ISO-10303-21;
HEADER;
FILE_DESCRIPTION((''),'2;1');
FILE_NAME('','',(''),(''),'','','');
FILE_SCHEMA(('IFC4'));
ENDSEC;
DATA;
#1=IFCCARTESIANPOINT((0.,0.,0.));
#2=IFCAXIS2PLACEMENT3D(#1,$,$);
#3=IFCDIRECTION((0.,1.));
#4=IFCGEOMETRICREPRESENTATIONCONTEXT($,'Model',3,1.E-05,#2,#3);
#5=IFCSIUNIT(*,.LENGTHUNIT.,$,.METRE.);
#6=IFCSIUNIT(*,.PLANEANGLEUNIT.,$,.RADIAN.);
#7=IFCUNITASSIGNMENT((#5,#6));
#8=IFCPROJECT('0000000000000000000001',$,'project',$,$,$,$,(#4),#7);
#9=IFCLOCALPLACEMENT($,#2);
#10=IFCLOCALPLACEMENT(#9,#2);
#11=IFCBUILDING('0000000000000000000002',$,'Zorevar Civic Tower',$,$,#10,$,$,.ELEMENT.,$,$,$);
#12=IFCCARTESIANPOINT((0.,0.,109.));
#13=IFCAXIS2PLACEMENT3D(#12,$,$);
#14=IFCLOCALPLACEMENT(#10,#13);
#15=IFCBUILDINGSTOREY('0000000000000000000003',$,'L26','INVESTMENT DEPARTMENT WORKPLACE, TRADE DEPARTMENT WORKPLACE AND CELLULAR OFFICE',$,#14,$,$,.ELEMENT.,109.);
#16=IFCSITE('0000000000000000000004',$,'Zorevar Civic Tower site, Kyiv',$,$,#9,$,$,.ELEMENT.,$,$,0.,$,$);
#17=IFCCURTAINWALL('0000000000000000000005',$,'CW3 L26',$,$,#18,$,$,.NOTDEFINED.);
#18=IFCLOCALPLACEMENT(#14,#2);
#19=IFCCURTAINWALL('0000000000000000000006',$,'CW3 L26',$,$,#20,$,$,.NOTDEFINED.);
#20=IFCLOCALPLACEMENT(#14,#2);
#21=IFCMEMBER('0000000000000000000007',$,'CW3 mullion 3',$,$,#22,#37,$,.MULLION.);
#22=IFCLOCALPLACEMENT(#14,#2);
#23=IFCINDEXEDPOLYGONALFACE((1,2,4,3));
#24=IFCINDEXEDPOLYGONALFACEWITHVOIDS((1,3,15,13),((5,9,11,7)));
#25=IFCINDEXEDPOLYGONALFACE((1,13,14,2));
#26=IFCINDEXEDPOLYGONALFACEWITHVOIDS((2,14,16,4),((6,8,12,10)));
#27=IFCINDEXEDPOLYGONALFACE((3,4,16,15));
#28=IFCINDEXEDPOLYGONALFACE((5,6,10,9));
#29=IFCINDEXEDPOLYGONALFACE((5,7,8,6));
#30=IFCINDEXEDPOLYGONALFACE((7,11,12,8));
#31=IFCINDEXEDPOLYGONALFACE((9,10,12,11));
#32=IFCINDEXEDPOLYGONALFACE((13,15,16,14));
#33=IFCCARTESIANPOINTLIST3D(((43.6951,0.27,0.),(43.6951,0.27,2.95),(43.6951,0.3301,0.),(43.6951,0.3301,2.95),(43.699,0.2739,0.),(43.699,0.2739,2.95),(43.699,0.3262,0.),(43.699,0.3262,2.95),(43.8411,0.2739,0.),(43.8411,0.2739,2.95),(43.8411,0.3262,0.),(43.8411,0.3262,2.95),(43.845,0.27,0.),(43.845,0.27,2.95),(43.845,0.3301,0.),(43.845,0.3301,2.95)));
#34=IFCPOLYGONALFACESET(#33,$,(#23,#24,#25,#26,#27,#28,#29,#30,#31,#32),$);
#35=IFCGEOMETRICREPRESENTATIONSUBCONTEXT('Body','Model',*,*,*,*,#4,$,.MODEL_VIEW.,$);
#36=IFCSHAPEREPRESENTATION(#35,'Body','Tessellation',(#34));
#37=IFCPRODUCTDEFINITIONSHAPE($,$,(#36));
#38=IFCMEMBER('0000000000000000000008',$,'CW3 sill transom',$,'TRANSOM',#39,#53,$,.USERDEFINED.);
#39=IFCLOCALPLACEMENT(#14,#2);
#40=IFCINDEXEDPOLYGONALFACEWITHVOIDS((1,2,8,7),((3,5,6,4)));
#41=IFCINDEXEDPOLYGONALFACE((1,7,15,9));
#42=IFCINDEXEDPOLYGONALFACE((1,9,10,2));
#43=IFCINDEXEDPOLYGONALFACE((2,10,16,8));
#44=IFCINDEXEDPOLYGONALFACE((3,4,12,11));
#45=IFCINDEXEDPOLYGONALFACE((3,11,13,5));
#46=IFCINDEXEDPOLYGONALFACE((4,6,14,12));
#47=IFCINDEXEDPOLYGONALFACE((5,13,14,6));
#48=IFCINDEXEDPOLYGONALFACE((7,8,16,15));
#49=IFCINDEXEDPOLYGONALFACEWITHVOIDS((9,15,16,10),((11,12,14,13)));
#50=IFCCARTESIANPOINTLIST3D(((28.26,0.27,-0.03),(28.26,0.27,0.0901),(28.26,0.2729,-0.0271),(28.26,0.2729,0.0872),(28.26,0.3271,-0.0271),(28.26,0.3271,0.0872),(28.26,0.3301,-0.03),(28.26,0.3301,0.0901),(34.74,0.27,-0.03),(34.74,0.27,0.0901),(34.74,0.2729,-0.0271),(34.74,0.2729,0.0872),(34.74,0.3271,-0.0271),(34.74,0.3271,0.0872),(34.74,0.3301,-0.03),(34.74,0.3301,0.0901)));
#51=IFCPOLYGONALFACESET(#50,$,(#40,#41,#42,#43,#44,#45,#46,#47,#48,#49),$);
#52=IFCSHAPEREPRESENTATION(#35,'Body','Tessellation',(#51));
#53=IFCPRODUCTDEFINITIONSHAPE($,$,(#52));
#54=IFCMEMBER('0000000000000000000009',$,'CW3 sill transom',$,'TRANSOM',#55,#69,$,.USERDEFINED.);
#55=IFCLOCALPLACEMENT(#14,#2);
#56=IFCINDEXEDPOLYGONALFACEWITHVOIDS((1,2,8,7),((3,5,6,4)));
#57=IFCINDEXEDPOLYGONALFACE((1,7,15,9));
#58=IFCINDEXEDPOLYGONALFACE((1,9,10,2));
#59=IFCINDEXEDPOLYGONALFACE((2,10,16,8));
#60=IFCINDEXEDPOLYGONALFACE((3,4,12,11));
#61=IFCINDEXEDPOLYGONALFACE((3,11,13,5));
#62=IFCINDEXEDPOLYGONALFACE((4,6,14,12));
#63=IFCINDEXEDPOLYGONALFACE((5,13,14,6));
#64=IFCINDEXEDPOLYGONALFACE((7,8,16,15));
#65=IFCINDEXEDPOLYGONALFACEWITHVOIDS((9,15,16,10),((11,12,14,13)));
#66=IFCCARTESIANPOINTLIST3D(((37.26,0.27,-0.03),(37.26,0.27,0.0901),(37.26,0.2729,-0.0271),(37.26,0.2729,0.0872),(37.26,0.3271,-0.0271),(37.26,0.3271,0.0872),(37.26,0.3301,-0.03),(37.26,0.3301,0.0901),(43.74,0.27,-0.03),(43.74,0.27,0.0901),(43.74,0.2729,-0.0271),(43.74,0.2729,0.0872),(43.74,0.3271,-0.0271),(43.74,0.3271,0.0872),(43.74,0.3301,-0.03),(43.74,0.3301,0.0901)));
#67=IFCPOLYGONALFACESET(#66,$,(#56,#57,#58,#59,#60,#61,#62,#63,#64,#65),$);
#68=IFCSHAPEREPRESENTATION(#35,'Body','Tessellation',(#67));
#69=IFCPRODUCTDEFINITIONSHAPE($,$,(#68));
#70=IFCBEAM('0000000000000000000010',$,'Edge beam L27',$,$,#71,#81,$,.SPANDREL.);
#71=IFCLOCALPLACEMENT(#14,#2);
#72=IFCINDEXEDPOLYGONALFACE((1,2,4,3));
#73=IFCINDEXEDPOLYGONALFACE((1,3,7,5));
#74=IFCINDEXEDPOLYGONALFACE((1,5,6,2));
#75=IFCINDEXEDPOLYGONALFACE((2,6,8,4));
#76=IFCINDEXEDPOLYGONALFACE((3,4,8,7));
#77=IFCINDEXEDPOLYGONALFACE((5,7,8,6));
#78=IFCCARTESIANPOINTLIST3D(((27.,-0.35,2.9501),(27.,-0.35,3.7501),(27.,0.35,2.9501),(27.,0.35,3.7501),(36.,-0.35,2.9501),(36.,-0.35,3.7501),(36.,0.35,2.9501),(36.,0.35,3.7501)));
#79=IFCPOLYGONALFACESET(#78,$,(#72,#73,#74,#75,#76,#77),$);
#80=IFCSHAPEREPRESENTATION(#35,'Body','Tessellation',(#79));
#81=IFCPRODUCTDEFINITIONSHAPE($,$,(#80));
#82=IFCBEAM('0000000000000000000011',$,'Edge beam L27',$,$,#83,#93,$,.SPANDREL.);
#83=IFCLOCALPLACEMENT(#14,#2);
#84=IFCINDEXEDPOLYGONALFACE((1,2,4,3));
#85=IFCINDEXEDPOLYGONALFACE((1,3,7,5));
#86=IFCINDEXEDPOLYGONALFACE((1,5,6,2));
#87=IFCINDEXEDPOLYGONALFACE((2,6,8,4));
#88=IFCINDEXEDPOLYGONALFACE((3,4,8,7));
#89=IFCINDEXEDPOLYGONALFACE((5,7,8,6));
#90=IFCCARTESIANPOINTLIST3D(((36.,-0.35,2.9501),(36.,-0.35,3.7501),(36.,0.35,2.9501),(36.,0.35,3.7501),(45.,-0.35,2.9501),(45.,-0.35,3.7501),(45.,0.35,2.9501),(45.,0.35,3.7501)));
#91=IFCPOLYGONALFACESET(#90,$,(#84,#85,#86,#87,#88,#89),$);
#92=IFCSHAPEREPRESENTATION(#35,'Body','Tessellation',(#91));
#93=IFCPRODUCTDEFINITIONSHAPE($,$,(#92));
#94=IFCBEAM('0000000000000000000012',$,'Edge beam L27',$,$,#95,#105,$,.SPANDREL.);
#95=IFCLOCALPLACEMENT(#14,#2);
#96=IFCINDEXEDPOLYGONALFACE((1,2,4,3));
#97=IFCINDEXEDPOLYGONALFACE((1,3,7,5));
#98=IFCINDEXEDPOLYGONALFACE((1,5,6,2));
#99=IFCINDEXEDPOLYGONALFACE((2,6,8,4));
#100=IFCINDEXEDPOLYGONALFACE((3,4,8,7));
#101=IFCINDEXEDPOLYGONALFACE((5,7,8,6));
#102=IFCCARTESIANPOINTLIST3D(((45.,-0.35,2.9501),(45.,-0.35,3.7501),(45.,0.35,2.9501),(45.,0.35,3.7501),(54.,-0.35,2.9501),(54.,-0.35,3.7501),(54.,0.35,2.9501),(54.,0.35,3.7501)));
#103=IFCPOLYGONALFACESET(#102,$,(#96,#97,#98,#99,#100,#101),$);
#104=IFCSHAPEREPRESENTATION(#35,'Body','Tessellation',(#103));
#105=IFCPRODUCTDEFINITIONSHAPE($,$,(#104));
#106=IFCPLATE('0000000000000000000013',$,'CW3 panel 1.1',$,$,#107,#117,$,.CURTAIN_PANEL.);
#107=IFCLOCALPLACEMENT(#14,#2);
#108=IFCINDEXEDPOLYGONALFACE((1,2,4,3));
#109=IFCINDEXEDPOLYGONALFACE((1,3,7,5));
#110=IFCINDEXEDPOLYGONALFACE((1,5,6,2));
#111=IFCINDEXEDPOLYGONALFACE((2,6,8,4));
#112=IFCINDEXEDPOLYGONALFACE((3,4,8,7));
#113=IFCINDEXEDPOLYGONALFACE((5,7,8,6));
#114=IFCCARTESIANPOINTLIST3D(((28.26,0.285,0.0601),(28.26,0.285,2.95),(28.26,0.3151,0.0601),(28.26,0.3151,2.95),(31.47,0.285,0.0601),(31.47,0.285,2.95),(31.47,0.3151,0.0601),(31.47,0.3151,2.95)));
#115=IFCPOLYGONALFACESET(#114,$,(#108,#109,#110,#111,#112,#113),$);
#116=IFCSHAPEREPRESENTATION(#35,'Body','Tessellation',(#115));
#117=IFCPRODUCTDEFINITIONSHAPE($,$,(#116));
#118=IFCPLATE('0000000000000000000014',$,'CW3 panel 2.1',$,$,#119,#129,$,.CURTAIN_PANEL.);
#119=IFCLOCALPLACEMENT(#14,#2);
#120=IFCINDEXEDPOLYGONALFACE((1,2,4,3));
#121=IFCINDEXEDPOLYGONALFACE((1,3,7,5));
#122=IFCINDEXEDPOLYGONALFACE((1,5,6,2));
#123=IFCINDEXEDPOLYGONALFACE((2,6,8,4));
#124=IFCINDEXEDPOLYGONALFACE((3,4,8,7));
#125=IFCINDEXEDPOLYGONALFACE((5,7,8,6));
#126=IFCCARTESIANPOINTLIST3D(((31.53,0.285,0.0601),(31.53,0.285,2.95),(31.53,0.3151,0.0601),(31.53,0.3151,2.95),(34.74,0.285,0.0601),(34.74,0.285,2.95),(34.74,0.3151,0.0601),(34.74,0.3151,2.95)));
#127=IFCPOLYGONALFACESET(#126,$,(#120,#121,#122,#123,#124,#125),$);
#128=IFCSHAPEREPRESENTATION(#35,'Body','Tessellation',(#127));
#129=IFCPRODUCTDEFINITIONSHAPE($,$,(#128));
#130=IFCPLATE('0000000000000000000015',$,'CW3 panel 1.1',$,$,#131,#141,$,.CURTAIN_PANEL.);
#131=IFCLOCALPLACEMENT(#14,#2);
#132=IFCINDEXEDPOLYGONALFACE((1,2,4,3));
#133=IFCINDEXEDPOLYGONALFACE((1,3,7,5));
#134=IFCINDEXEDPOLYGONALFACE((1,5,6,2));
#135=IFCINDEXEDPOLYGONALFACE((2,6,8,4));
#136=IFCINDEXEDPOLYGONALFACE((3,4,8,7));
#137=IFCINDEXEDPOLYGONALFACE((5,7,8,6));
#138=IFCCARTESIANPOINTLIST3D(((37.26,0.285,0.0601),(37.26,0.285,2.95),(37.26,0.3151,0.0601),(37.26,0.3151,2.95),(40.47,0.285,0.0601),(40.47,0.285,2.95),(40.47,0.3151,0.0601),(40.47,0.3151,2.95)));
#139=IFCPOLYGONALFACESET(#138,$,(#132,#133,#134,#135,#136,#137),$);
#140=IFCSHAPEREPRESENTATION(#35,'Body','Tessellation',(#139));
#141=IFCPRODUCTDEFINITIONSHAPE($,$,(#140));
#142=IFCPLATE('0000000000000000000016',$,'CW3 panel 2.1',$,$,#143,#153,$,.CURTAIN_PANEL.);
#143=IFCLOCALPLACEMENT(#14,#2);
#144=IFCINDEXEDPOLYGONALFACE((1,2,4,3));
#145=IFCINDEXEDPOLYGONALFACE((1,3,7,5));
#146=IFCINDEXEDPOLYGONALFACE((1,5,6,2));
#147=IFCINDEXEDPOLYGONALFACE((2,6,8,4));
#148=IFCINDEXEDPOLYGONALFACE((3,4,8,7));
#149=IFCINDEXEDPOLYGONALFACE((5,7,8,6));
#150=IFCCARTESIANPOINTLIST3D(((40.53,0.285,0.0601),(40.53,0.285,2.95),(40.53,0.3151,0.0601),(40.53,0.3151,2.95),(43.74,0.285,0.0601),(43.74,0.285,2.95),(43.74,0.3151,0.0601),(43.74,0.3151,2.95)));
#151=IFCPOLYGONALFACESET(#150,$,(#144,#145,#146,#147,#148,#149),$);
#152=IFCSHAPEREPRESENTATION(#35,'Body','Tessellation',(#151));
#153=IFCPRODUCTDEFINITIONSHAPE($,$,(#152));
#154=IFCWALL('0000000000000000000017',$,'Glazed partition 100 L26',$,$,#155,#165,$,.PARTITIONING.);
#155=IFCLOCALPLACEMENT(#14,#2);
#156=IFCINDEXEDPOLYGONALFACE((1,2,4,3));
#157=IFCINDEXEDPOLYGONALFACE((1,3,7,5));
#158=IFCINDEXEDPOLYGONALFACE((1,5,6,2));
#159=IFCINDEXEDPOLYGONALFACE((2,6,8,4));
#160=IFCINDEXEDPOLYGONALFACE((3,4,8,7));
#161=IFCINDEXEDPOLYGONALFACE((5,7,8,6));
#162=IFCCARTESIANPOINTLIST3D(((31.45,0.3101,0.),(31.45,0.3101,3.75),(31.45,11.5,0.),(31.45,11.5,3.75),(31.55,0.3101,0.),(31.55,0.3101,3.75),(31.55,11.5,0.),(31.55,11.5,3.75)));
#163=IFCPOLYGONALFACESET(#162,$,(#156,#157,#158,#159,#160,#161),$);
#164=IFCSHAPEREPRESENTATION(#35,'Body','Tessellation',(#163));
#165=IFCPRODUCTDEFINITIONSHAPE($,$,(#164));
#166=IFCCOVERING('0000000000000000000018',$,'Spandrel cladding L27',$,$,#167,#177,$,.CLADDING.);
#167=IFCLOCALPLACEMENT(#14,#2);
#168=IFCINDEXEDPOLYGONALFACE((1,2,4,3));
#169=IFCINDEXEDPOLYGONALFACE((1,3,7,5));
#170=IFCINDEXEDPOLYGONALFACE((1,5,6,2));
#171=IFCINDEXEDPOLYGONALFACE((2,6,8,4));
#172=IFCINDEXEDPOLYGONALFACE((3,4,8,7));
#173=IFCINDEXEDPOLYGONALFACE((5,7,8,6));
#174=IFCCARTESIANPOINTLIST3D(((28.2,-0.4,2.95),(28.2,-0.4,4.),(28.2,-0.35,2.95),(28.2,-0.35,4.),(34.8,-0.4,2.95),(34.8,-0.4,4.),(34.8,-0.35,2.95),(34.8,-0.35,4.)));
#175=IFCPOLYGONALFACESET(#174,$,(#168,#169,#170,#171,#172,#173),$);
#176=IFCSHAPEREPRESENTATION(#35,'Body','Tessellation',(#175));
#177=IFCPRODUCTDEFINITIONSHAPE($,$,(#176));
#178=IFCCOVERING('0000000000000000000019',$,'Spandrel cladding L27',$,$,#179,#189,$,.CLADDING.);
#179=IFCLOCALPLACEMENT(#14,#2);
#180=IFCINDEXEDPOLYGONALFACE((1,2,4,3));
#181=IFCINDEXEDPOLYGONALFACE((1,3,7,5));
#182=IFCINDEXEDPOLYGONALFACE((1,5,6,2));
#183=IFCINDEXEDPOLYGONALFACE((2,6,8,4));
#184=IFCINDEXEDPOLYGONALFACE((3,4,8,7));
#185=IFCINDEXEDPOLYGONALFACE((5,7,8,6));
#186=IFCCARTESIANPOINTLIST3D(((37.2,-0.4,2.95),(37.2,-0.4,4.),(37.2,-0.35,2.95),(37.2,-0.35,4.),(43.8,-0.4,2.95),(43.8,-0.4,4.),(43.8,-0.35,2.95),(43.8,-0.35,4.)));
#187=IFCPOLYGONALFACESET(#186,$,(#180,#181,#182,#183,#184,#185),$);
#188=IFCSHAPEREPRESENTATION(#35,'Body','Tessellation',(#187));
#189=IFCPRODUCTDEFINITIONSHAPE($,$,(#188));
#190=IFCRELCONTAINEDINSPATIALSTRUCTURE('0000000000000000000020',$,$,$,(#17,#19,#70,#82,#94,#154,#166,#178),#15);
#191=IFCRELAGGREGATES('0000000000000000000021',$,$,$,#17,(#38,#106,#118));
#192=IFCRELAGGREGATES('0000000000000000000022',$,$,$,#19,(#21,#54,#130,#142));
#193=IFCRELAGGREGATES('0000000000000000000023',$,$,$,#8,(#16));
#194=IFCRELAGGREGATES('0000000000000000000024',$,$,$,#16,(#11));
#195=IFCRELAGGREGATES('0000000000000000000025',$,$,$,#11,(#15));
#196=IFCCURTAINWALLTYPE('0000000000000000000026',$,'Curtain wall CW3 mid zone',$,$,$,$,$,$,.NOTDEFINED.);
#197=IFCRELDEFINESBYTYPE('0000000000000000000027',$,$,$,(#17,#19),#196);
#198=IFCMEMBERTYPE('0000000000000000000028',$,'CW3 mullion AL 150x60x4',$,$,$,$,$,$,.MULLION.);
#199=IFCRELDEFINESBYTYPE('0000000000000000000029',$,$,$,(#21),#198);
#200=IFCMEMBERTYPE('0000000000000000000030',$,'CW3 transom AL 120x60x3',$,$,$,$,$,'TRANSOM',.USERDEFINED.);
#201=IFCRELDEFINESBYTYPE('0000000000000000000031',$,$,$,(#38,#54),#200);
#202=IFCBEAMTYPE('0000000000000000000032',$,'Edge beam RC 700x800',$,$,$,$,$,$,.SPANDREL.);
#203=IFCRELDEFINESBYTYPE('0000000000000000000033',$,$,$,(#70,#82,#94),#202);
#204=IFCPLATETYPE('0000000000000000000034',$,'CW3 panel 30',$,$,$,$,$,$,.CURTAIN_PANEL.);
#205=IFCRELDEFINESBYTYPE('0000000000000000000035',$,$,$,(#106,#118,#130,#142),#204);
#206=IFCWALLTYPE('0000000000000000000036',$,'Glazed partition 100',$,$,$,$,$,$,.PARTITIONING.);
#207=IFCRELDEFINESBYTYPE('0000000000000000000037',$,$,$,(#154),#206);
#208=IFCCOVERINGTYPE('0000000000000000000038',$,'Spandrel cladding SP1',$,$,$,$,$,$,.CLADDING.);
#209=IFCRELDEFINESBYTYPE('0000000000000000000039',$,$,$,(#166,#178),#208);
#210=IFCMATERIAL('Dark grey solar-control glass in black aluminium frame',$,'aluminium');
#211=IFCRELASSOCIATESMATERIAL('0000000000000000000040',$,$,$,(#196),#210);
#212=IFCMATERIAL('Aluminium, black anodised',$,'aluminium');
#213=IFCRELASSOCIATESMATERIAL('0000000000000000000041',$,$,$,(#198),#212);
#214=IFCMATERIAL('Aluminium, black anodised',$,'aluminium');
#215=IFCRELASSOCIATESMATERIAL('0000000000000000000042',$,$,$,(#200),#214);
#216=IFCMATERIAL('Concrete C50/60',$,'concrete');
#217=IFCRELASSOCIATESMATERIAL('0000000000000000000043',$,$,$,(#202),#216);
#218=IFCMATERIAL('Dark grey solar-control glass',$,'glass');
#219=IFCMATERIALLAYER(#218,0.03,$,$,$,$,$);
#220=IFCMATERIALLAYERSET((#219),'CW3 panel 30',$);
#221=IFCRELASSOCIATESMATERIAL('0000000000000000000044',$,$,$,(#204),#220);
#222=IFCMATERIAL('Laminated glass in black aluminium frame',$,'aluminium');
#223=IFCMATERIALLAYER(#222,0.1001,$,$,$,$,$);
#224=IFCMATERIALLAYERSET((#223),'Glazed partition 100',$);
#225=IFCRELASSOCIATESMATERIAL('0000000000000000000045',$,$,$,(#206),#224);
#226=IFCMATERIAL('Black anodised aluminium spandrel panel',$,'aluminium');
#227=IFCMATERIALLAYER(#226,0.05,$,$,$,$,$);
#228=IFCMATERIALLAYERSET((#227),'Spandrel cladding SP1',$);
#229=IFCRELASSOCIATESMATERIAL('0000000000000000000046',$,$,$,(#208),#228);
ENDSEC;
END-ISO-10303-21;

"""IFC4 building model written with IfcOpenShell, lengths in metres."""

from ifc_helpers import new_model, si_unit, direction, frame, frame_2d, origin, origin_2d, place, context, subcontext, project, spatial, rectangle, hollow_rectangle, extrude, material, layer, layer_set, material_profile, profile_set, type_object, element, aggregate, save


model = new_model("IFC4")

# Units and contexts
model_context = context("Model", 3, precision=1e-05, world=origin(), true_north=direction((0.0, 1.0)))
body_context = subcontext(model_context, "Body", "Model", "MODEL_VIEW")
ifc_project = project(units=[si_unit("LENGTHUNIT", "METRE"), si_unit("PLANEANGLEUNIT", "RADIAN")], contexts=[model_context])

# Site, building, storey
site_placement = place(None, origin())
site = spatial("IfcSite", under=ifc_project, at=site_placement, Name="Zorevar Civic Tower site, Kyiv", CompositionType="ELEMENT", RefElevation=0.0)
building_placement = place(site_placement, origin())
building = spatial("IfcBuilding", under=site, at=building_placement, Name="Zorevar Civic Tower", CompositionType="ELEMENT")
storey_placement = place(building_placement, frame((0.0, 0.0, 109.0)))
storey = spatial("IfcBuildingStorey", under=building, at=storey_placement, Name="L26", Description="INVESTMENT DEPARTMENT WORKPLACE, TRADE DEPARTMENT WORKPLACE AND CELLULAR OFFICE", CompositionType="ELEMENT", Elevation=109.0)

# Curtain walls, member
ifc_material_1 = material(Name="Dark grey solar-control glass in black aluminium frame", Category="aluminium")
curtain_wall_type = type_object("IfcCurtainWallType", Name="Curtain wall CW3 mid zone", PredefinedType="NOTDEFINED", material=ifc_material_1)
curtain_wall_1_placement = place(storey_placement, origin())
curtain_wall_1 = element("IfcCurtainWall", 1, at=curtain_wall_1_placement, inside=storey, type_object=curtain_wall_type, Name="CW3 L26", PredefinedType="NOTDEFINED")
ifc_material_2 = material(Name="Aluminium, black anodised", Category="aluminium")
ifc_material_profile_1 = material_profile(ifc_material_2, hollow_rectangle(XDim=0.0601, YDim=0.1499, WallThickness=0.0039, at=origin_2d()), Name="AL 150x60x4")
ifc_profile_set_1 = profile_set([ifc_material_profile_1], Name="Aluminium, black anodised")
member_type_1 = type_object("IfcMemberType", Name="CW3 mullion AL 150x60x4", PredefinedType="MULLION", material=ifc_profile_set_1)
curtain_wall_2_placement = place(storey_placement, origin())
curtain_wall_2 = element("IfcCurtainWall", 2, at=curtain_wall_2_placement, inside=storey, type_object=curtain_wall_type, Name="CW3 L26", PredefinedType="NOTDEFINED")
member_1_placement = place(storey_placement, frame((43.77, 0.3, 0.0), z_axis=(0.0, 0.0, 1.0), x_axis=(0.0, 1.0, 0.0)))
member_1 = element("IfcMember", 3, at=member_1_placement, type_object=member_type_1, Name="CW3 mullion 3", PredefinedType="MULLION", context=body_context, shape_type="SweptSolid", body=[
    extrude(hollow_rectangle(XDim=0.0601, YDim=0.1499, WallThickness=0.0039, at=origin_2d()), origin(), (0.0, 0.0, 1.0), 2.95),
])

# Members
ifc_material_3 = material(Name="Aluminium, black anodised", Category="aluminium")
ifc_material_profile_2 = material_profile(ifc_material_3, hollow_rectangle(XDim=0.0601, YDim=0.1201, WallThickness=0.0029, at=origin_2d()), Name="AL 120x60x3")
ifc_profile_set_2 = profile_set([ifc_material_profile_2], Name="Aluminium, black anodised")
member_type_2 = type_object("IfcMemberType", Name="CW3 transom AL 120x60x3", ElementType="TRANSOM", PredefinedType="USERDEFINED", material=ifc_profile_set_2)
member_2_placement = place(storey_placement, frame((28.26, 0.3, 0.03), z_axis=(1.0, 0.0, 0.0), x_axis=(0.0, 1.0, 0.0)))
member_2 = element("IfcMember", 4, at=member_2_placement, type_object=member_type_2, Name="CW3 sill transom", ObjectType="TRANSOM", PredefinedType="USERDEFINED", context=body_context, shape_type="SweptSolid", body=[
    extrude(hollow_rectangle(XDim=0.0601, YDim=0.1201, WallThickness=0.0029, at=origin_2d()), origin(), (0.0, 0.0, 1.0), 6.48),
])
member_3_placement = place(storey_placement, frame((37.26, 0.3, 0.03), z_axis=(1.0, 0.0, 0.0), x_axis=(0.0, 1.0, 0.0)))
member_3 = element("IfcMember", 5, at=member_3_placement, type_object=member_type_2, Name="CW3 sill transom", ObjectType="TRANSOM", PredefinedType="USERDEFINED", context=body_context, shape_type="SweptSolid", body=[
    extrude(hollow_rectangle(XDim=0.0601, YDim=0.1201, WallThickness=0.0029, at=origin_2d()), origin(), (0.0, 0.0, 1.0), 6.48),
])

# Beams
ifc_material_4 = material(Name="Concrete C50/60", Category="concrete")
ifc_material_profile_3 = material_profile(ifc_material_4, rectangle(XDim=0.7, YDim=0.8, at=origin_2d()), Name="RC 700x800")
ifc_profile_set_3 = profile_set([ifc_material_profile_3], Name="Concrete C50/60")
beam_type_1 = type_object("IfcBeamType", Name="Edge beam RC 700x800", PredefinedType="SPANDREL", material=ifc_profile_set_3)
for number, where, z_axis, x_axis, name in (
    (6, (27.0, 0.0, 3.3501), (1.0, 0.0, 0.0), (0.0, 1.0, 0.0), "Edge beam L27"),
    (7, (36.0, 0.0, 3.3501), (1.0, 0.0, 0.0), (0.0, 1.0, 0.0), "Edge beam L27"),
    (8, (45.0, 0.0, 3.3501), (1.0, 0.0, 0.0), (0.0, 1.0, 0.0), "Edge beam L27"),
):
    element("IfcBeam", number, at=place(storey_placement, frame(where, z_axis=z_axis, x_axis=x_axis)), inside=storey, type_object=beam_type_1, Name=name, PredefinedType="SPANDREL", context=body_context, shape_type="SweptSolid", body=[
        extrude(rectangle(XDim=0.7, YDim=0.8, at=origin_2d()), origin(), (0.0, 0.0, 1.0), 9.0),
    ])

# Plates
ifc_material_5 = material(Name="Dark grey solar-control glass", Category="glass")
ifc_layer_1 = layer(ifc_material_5, 0.03)
ifc_layer_set_1 = layer_set([ifc_layer_1], Name="CW3 panel 30")
plate_type = type_object("IfcPlateType", Name="CW3 panel 30", PredefinedType="CURTAIN_PANEL", material=ifc_layer_set_1)
plate_1_placement = place(storey_placement, frame((29.865, 0.3, 0.0601), z_axis=(0.0, 0.0, 1.0), x_axis=(1.0, 0.0, 0.0)))
plate_1 = element("IfcPlate", 9, at=plate_1_placement, type_object=plate_type, Name="CW3 panel 1.1", PredefinedType="CURTAIN_PANEL", context=body_context, shape_type="SweptSolid", body=[
    extrude(rectangle(XDim=3.21, YDim=0.03, at=origin_2d()), origin(), (0.0, 0.0, 1.0), 2.8899),
])
plate_2_placement = place(storey_placement, frame((33.135, 0.3, 0.0601), z_axis=(0.0, 0.0, 1.0), x_axis=(1.0, 0.0, 0.0)))
plate_2 = element("IfcPlate", 10, at=plate_2_placement, type_object=plate_type, Name="CW3 panel 2.1", PredefinedType="CURTAIN_PANEL", context=body_context, shape_type="SweptSolid", body=[
    extrude(rectangle(XDim=3.21, YDim=0.03, at=origin_2d()), origin(), (0.0, 0.0, 1.0), 2.8899),
])
aggregate(curtain_wall_1, [member_2, plate_1, plate_2])
plate_3_placement = place(storey_placement, frame((38.865, 0.3, 0.0601), z_axis=(0.0, 0.0, 1.0), x_axis=(1.0, 0.0, 0.0)))
plate_3 = element("IfcPlate", 11, at=plate_3_placement, type_object=plate_type, Name="CW3 panel 1.1", PredefinedType="CURTAIN_PANEL", context=body_context, shape_type="SweptSolid", body=[
    extrude(rectangle(XDim=3.21, YDim=0.03, at=origin_2d()), origin(), (0.0, 0.0, 1.0), 2.8899),
])
plate_4_placement = place(storey_placement, frame((42.135, 0.3, 0.0601), z_axis=(0.0, 0.0, 1.0), x_axis=(1.0, 0.0, 0.0)))
plate_4 = element("IfcPlate", 12, at=plate_4_placement, type_object=plate_type, Name="CW3 panel 2.1", PredefinedType="CURTAIN_PANEL", context=body_context, shape_type="SweptSolid", body=[
    extrude(rectangle(XDim=3.21, YDim=0.03, at=origin_2d()), origin(), (0.0, 0.0, 1.0), 2.8899),
])
aggregate(curtain_wall_2, [member_1, member_3, plate_3, plate_4])

# Wall
ifc_material_6 = material(Name="Laminated glass in black aluminium frame", Category="aluminium")
ifc_layer_2 = layer(ifc_material_6, 0.1001)
ifc_layer_set_2 = layer_set([ifc_layer_2], Name="Glazed partition 100")
wall_type = type_object("IfcWallType", Name="Glazed partition 100", PredefinedType="PARTITIONING", material=ifc_layer_set_2)
wall_placement = place(storey_placement, frame((31.5, 0.3101, 0.0), z_axis=(0.0, 0.0, 1.0), x_axis=(0.0, 1.0, 0.0)))
element("IfcWall", 13, at=wall_placement, inside=storey, type_object=wall_type, Name="Glazed partition 100 L26", PredefinedType="PARTITIONING", context=body_context, shape_type="SweptSolid", body=[
    extrude(rectangle(XDim=11.1899, YDim=0.1001, at=frame_2d((5.595, 0.0))), origin(), (0.0, 0.0, 1.0), 3.75),
])

# Coverings
ifc_material_7 = material(Name="Black anodised aluminium spandrel panel", Category="aluminium")
ifc_layer_3 = layer(ifc_material_7, 0.05)
ifc_layer_set_3 = layer_set([ifc_layer_3], Name="Spandrel cladding SP1")
covering_type = type_object("IfcCoveringType", Name="Spandrel cladding SP1", PredefinedType="CLADDING", material=ifc_layer_set_3)
for number, where, z_axis, x_axis, name in (
    (14, (28.2, -0.375, 2.95), (0.0, 0.0, 1.0), (1.0, 0.0, 0.0), "Spandrel cladding L27"),
    (15, (37.2, -0.375, 2.95), (0.0, 0.0, 1.0), (1.0, 0.0, 0.0), "Spandrel cladding L27"),
):
    element("IfcCovering", number, at=place(storey_placement, frame(where, z_axis=z_axis, x_axis=x_axis)), inside=storey, type_object=covering_type, Name=name, PredefinedType="CLADDING", context=body_context, shape_type="SweptSolid", body=[
        extrude(rectangle(XDim=6.6001, YDim=0.05, at=frame_2d((3.3, 0.0))), origin(), (0.0, 0.0, 1.0), 1.05),
    ])

save(model, "model.ifc")
